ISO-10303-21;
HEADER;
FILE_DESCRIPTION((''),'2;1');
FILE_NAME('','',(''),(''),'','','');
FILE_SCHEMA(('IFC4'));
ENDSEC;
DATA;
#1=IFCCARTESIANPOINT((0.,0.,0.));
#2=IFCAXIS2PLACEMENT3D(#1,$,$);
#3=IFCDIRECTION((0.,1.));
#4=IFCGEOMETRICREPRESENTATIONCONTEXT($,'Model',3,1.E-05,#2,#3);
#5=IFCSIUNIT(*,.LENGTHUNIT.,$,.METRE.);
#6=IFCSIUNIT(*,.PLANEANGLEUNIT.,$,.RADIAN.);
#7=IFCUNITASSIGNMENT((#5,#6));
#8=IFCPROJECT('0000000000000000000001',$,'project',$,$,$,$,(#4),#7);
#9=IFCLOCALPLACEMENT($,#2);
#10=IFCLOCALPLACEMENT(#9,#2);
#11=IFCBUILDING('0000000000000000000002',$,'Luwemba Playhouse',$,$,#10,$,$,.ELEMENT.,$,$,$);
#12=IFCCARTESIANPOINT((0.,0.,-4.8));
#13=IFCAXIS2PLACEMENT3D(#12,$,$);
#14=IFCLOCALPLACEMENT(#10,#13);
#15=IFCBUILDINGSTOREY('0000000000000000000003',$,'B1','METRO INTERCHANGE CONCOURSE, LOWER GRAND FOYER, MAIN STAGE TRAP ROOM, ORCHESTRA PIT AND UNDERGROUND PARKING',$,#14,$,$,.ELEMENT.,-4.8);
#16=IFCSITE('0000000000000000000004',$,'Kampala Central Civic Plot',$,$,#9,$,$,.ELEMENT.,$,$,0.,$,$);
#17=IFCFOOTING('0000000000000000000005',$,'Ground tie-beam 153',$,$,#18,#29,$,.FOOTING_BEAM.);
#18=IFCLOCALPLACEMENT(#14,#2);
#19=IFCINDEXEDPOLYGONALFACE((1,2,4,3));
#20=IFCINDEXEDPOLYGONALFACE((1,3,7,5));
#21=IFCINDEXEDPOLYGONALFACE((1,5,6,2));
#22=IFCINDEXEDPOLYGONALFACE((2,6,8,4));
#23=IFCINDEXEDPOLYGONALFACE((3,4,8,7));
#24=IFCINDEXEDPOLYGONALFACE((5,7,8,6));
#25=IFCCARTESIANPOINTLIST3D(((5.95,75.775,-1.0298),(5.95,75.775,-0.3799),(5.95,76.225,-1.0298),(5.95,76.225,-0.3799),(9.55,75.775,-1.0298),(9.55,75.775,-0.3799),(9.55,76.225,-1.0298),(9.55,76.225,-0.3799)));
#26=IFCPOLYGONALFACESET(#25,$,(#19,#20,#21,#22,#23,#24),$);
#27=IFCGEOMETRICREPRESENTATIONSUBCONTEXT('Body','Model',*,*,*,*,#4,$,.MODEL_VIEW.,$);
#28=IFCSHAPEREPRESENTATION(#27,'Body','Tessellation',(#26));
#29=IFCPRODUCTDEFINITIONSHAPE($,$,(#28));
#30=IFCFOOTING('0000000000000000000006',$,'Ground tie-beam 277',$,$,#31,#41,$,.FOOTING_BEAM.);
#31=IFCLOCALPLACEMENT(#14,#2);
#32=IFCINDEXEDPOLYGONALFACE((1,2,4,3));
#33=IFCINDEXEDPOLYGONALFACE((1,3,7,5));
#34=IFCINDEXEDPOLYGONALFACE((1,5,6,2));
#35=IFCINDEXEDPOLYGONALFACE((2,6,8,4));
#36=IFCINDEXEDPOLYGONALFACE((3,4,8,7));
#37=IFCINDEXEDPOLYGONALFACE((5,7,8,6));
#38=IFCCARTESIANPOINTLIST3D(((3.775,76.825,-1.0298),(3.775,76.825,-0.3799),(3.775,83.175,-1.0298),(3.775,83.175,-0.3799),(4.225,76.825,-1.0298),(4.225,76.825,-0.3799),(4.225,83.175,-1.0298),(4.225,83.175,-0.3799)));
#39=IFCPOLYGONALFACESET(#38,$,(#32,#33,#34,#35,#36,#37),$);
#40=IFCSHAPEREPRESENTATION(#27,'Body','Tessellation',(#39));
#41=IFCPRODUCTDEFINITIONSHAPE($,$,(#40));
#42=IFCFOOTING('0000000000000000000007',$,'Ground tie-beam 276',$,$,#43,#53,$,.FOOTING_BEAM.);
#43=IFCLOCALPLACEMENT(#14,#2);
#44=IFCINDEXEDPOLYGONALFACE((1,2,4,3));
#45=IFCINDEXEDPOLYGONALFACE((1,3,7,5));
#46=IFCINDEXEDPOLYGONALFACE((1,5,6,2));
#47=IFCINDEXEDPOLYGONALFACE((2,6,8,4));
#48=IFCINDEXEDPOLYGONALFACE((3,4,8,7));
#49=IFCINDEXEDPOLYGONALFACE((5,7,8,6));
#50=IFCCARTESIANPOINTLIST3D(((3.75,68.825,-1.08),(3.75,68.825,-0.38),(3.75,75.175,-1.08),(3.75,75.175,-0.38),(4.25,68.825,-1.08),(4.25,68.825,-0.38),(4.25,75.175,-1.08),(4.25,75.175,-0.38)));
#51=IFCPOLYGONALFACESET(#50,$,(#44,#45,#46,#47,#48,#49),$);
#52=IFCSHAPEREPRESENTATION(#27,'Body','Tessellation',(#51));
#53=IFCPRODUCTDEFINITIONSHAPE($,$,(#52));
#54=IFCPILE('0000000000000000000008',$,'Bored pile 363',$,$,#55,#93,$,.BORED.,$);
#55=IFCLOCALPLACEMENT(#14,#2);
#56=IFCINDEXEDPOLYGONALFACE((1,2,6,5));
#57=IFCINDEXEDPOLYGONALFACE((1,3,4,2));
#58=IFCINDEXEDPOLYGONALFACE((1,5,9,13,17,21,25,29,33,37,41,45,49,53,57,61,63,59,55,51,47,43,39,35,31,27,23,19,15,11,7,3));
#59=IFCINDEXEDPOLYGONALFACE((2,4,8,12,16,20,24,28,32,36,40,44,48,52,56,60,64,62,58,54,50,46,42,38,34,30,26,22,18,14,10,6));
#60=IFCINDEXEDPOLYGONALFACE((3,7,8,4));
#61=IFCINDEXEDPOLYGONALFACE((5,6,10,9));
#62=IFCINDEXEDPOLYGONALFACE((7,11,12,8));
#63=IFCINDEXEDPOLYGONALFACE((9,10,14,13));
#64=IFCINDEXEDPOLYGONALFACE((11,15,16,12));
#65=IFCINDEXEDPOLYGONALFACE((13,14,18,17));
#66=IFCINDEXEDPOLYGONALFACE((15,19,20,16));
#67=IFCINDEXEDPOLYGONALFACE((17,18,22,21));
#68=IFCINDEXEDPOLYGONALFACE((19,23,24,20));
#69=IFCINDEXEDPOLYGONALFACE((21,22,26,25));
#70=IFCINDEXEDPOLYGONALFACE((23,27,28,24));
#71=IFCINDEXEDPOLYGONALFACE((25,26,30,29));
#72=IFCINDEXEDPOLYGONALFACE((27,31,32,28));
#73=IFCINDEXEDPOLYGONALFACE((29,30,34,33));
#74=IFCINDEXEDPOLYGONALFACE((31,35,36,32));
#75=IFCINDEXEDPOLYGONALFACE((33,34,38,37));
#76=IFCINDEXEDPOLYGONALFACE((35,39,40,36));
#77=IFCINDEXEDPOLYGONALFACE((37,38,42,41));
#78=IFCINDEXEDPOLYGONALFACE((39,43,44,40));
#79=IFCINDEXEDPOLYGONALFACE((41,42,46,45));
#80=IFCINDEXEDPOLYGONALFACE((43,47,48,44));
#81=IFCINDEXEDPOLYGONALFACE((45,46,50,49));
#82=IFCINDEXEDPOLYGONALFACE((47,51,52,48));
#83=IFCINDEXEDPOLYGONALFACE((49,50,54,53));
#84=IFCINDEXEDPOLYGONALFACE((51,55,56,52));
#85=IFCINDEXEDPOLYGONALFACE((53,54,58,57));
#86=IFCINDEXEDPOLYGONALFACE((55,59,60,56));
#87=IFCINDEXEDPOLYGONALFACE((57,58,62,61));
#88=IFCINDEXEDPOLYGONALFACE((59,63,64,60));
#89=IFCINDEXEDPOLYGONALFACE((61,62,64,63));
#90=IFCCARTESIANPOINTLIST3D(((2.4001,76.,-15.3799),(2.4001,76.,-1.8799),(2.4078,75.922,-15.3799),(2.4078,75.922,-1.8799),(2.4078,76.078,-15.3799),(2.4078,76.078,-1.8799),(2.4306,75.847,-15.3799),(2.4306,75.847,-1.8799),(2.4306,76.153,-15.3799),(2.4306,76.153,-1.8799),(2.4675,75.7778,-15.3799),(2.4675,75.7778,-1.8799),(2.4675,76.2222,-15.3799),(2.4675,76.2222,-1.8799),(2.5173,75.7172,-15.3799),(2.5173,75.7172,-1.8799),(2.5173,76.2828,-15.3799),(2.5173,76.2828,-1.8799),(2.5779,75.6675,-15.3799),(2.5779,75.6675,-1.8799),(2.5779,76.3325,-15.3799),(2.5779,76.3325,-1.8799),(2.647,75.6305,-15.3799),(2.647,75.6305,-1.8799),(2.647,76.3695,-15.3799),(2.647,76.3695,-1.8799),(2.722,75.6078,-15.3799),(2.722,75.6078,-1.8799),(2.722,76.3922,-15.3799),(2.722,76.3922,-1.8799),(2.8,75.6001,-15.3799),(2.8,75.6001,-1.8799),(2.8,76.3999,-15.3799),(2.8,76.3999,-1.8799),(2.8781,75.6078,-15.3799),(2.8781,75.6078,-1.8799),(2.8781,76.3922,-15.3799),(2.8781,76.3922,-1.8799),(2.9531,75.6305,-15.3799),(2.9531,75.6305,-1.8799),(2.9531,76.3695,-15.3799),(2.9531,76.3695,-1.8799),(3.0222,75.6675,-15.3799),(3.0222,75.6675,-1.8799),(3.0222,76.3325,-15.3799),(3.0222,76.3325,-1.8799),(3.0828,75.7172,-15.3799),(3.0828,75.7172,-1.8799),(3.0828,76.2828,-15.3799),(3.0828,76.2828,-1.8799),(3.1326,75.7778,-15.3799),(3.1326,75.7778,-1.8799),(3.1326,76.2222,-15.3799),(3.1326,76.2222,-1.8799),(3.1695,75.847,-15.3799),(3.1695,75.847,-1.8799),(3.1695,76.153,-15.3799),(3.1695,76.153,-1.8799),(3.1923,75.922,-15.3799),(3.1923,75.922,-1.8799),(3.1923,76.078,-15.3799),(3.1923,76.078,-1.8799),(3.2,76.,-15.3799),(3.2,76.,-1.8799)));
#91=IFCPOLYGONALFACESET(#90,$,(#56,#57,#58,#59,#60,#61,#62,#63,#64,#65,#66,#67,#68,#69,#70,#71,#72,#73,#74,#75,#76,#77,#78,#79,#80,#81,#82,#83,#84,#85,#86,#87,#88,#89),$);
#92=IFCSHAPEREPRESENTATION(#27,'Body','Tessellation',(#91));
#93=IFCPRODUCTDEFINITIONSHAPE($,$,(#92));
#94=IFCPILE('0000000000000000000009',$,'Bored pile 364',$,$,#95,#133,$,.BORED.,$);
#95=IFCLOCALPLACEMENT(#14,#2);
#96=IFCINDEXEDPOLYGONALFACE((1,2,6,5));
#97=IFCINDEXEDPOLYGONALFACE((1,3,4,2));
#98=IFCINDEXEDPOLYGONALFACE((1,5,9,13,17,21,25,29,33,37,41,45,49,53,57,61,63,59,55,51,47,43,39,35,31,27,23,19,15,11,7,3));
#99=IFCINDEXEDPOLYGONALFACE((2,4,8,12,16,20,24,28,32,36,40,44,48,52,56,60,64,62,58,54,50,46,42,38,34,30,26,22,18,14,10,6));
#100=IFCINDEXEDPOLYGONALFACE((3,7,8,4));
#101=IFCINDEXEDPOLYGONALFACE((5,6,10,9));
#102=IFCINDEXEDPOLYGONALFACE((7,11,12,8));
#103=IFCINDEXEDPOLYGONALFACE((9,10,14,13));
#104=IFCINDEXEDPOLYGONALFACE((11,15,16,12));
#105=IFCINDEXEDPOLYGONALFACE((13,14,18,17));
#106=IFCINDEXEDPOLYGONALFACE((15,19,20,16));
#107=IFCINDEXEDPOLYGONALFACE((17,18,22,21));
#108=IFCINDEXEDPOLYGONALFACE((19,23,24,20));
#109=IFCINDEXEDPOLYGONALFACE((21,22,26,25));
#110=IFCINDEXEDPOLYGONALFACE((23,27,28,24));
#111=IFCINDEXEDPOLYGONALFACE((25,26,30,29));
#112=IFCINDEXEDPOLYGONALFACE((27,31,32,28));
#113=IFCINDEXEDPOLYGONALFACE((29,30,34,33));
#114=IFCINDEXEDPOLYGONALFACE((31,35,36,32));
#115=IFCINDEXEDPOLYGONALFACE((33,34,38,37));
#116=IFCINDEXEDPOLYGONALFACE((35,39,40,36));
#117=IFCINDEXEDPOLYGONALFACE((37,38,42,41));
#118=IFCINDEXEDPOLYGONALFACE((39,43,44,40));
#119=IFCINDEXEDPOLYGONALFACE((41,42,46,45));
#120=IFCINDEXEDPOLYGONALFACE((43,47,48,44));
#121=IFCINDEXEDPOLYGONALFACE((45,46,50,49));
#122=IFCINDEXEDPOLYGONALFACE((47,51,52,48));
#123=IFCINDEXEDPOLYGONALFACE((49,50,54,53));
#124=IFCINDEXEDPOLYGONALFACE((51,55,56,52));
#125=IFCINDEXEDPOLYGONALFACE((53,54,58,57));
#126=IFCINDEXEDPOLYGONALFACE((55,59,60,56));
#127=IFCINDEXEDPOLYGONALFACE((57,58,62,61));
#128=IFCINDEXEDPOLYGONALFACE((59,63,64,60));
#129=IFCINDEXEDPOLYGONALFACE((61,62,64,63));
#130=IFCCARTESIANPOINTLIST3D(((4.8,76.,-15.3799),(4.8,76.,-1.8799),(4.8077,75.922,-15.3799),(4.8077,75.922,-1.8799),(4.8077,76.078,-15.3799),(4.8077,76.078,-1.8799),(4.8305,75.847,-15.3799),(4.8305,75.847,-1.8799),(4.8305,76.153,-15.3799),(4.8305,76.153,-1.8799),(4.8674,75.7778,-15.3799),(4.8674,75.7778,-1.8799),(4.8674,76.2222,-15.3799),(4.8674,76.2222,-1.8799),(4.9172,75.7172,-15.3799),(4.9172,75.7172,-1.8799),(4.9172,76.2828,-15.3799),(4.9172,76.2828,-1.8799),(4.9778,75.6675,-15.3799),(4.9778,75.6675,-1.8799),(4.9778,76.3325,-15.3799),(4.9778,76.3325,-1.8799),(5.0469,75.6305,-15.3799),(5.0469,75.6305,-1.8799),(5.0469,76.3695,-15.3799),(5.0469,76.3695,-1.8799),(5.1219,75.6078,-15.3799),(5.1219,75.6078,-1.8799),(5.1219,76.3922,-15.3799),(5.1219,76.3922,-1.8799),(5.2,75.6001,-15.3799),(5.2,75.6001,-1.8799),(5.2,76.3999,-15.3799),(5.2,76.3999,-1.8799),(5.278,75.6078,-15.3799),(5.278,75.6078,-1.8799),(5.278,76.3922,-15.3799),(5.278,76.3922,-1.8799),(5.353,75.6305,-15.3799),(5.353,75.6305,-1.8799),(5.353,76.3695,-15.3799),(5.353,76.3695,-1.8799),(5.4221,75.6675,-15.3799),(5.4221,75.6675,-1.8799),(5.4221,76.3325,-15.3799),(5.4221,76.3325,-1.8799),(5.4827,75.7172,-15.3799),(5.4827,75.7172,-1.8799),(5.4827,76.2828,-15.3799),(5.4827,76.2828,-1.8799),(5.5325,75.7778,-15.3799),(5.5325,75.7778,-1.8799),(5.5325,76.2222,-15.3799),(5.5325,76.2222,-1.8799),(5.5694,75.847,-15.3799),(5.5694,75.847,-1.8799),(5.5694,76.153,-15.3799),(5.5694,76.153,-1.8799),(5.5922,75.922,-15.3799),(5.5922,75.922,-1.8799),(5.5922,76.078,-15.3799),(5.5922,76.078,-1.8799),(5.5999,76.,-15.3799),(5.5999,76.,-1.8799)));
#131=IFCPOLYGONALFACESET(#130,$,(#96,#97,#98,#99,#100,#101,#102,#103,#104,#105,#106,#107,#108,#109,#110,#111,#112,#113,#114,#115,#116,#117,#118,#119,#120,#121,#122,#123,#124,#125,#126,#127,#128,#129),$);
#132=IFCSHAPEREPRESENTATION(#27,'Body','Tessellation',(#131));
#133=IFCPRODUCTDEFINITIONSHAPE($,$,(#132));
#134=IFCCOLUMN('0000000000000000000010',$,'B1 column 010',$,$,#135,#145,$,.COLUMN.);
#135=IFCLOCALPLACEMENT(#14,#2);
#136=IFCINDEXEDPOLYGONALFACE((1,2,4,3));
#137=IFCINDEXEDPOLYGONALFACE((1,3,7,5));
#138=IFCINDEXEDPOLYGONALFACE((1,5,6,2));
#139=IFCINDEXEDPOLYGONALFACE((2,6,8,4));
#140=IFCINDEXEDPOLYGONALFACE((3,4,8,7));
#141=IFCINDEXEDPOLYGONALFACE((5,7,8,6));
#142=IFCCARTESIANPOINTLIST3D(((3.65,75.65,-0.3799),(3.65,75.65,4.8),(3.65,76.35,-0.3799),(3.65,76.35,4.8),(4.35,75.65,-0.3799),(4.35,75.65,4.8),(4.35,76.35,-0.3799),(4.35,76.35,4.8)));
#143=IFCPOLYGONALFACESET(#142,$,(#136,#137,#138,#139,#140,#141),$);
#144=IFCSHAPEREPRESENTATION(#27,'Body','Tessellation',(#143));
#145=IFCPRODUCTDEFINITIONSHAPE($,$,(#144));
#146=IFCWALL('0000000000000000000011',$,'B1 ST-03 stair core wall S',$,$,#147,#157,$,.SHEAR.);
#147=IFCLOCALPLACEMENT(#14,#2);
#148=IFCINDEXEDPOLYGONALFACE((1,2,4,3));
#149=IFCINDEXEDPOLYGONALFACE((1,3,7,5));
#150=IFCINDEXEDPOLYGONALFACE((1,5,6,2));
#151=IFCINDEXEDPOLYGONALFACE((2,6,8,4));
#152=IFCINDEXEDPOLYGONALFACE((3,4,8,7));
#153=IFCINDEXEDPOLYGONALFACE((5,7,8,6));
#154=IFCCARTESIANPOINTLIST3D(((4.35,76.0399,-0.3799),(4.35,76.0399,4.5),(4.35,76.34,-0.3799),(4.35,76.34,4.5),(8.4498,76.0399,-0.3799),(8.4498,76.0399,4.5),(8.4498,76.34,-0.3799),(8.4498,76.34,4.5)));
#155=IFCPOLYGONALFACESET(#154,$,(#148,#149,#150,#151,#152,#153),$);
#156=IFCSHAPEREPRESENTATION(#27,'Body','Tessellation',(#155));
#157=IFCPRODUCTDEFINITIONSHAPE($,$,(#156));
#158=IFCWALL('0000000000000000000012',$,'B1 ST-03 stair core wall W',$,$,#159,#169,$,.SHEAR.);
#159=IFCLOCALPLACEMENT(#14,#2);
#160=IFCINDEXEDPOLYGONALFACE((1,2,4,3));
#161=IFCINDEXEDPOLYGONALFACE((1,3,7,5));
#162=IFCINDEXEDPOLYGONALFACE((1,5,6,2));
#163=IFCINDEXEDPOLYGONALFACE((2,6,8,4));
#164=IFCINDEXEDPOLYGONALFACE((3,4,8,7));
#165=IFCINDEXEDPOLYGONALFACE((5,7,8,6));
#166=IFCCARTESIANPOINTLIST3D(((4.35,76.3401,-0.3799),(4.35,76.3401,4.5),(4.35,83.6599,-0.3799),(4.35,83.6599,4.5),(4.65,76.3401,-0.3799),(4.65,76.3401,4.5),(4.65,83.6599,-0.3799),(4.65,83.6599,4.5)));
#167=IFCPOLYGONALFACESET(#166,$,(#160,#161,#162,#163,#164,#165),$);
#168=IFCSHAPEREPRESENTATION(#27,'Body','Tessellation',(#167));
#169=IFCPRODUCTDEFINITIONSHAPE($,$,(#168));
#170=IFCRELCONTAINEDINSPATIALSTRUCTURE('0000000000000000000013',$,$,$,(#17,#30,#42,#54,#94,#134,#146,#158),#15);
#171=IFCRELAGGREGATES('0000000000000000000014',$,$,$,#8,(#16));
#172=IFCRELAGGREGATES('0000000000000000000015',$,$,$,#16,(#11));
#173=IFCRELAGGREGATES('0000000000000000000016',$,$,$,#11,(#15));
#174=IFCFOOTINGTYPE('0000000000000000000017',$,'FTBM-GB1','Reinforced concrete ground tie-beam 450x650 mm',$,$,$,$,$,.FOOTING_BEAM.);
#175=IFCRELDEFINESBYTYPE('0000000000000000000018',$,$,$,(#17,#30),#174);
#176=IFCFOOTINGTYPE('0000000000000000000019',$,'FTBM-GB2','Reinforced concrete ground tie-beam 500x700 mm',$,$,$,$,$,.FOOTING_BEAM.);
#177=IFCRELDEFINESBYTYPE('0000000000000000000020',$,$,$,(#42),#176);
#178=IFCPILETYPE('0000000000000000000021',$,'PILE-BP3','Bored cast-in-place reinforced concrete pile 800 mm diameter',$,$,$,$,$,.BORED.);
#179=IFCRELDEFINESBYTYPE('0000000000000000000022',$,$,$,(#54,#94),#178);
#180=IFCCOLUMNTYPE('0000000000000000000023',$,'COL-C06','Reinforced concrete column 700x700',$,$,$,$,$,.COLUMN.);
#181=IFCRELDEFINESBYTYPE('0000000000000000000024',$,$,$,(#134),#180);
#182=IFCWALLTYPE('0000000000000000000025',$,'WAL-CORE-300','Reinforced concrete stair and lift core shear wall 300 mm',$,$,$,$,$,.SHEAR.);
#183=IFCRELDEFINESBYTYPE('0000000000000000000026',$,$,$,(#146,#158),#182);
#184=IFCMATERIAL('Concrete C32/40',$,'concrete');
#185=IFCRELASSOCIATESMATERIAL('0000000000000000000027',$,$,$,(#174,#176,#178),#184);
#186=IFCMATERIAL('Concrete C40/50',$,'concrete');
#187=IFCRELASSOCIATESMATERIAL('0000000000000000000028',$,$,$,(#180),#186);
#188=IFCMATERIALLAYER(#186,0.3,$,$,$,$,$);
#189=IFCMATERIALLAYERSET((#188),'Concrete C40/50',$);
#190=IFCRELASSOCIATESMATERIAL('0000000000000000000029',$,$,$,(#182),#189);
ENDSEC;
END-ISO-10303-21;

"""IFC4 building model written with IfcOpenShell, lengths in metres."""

from ifc_helpers import new_model, si_unit, direction, frame, frame_2d, origin, origin_2d, place, context, subcontext, project, spatial, rectangle, circle, extrude, material, layer, layer_set, material_profile, profile_set, type_object, element, save


model = new_model("IFC4")

# Units and contexts
model_context = context("Model", 3, precision=1e-05, world=origin(), true_north=direction((0.0, 1.0)))
body_context = subcontext(model_context, "Body", "Model", "MODEL_VIEW")
ifc_project = project(units=[si_unit("LENGTHUNIT", "METRE"), si_unit("PLANEANGLEUNIT", "RADIAN")], contexts=[model_context])

# Site, building, storey
site_placement = place(None, origin())
site = spatial("IfcSite", under=ifc_project, at=site_placement, Name="Kampala Central Civic Plot", CompositionType="ELEMENT", RefElevation=0.0)
building_placement = place(site_placement, origin())
building = spatial("IfcBuilding", under=site, at=building_placement, Name="Luwemba Playhouse", CompositionType="ELEMENT")
storey_placement = place(building_placement, frame((0.0, 0.0, -4.8)))
storey = spatial("IfcBuildingStorey", under=building, at=storey_placement, Name="B1", Description="METRO INTERCHANGE CONCOURSE, LOWER GRAND FOYER, MAIN STAGE TRAP ROOM, ORCHESTRA PIT AND UNDERGROUND PARKING", CompositionType="ELEMENT", Elevation=-4.8)

# Footings
ifc_material_1 = material(Name="Concrete C32/40", Category="concrete")
ifc_material_profile_1 = material_profile(ifc_material_1, rectangle(XDim=0.45, YDim=0.6499, at=origin_2d()))
ifc_profile_set_1 = profile_set([ifc_material_profile_1], Name="Concrete C32/40")
footing_type_1 = type_object("IfcFootingType", Name="FTBM-GB1", Description="Reinforced concrete ground tie-beam 450x650 mm", PredefinedType="FOOTING_BEAM", material=ifc_profile_set_1)
footing_1_placement = place(storey_placement, frame((5.95, 76.0, -0.7048), z_axis=(1.0, 0.0, 0.0), x_axis=(0.0, 1.0, 0.0)))
element("IfcFooting", 1, at=footing_1_placement, inside=storey, type_object=footing_type_1, Name="Ground tie-beam 153", PredefinedType="FOOTING_BEAM", context=body_context, shape_type="SweptSolid", body=[
    extrude(rectangle(XDim=0.45, YDim=0.6499, at=origin_2d()), origin(), (0.0, 0.0, 1.0), 3.6001),
])
footing_2_placement = place(storey_placement, frame((4.0, 76.825, -0.7048), z_axis=(0.0, 1.0, 0.0), x_axis=(-1.0, 0.0, 0.0)))
element("IfcFooting", 2, at=footing_2_placement, inside=storey, type_object=footing_type_1, Name="Ground tie-beam 277", PredefinedType="FOOTING_BEAM", context=body_context, shape_type="SweptSolid", body=[
    extrude(rectangle(XDim=0.45, YDim=0.6499, at=origin_2d()), origin(), (0.0, 0.0, 1.0), 6.3501),
])
ifc_material_profile_2 = material_profile(ifc_material_1, rectangle(XDim=0.5, YDim=0.7, at=origin_2d()))
ifc_profile_set_2 = profile_set([ifc_material_profile_2], Name="Concrete C32/40")
footing_type_2 = type_object("IfcFootingType", Name="FTBM-GB2", Description="Reinforced concrete ground tie-beam 500x700 mm", PredefinedType="FOOTING_BEAM", material=ifc_profile_set_2)
footing_3_placement = place(storey_placement, frame((4.0, 68.825, -0.73), z_axis=(0.0, 1.0, 0.0), x_axis=(-1.0, 0.0, 0.0)))
element("IfcFooting", 3, at=footing_3_placement, inside=storey, type_object=footing_type_2, Name="Ground tie-beam 276", PredefinedType="FOOTING_BEAM", context=body_context, shape_type="SweptSolid", body=[
    extrude(rectangle(XDim=0.5, YDim=0.7, at=origin_2d()), origin(), (0.0, 0.0, 1.0), 6.3501),
])

# Piles
ifc_material_profile_3 = material_profile(ifc_material_1, circle(Radius=0.3999, at=origin_2d()))
ifc_profile_set_3 = profile_set([ifc_material_profile_3], Name="Concrete C32/40")
pile_type = type_object("IfcPileType", Name="PILE-BP3", Description="Bored cast-in-place reinforced concrete pile 800 mm diameter", PredefinedType="BORED", material=ifc_profile_set_3)
for number, where, z_axis, x_axis, name in (
    (4, (2.8, 76.0, -1.8799), (0.0, 0.0, -1.0), (1.0, 0.0, 0.0), "Bored pile 363"),
    (5, (5.2, 76.0, -1.8799), (0.0, 0.0, -1.0), (1.0, 0.0, 0.0), "Bored pile 364"),
):
    element("IfcPile", number, at=place(storey_placement, frame(where, z_axis=z_axis, x_axis=x_axis)), inside=storey, type_object=pile_type, Name=name, PredefinedType="BORED", context=body_context, shape_type="SweptSolid", body=[
        extrude(circle(Radius=0.3999, at=origin_2d()), origin(), (0.0, 0.0, 1.0), 13.5),
    ])

# Column
ifc_material_2 = material(Name="Concrete C40/50", Category="concrete")
ifc_material_profile_4 = material_profile(ifc_material_2, rectangle(XDim=0.7, YDim=0.7, at=origin_2d()))
ifc_profile_set_4 = profile_set([ifc_material_profile_4], Name="Concrete C40/50")
column_type = type_object("IfcColumnType", Name="COL-C06", Description="Reinforced concrete column 700x700", PredefinedType="COLUMN", material=ifc_profile_set_4)
column_placement = place(storey_placement, frame((4.0, 76.0, -0.3799), z_axis=(0.0, 0.0, 1.0), x_axis=(1.0, 0.0, 0.0)))
element("IfcColumn", 6, at=column_placement, inside=storey, type_object=column_type, Name="B1 column 010", PredefinedType="COLUMN", context=body_context, shape_type="SweptSolid", body=[
    extrude(rectangle(XDim=0.7, YDim=0.7, at=origin_2d()), origin(), (0.0, 0.0, 1.0), 5.1799),
])

# Walls
ifc_layer_1 = layer(ifc_material_2, 0.3)
ifc_layer_set_1 = layer_set([ifc_layer_1], Name="Concrete C40/50")
wall_type_1 = type_object("IfcWallType", Name="WAL-CORE-300", Description="Reinforced concrete stair and lift core shear wall 300 mm", PredefinedType="SHEAR", material=ifc_layer_set_1)
wall_1_placement = place(storey_placement, frame((4.3501, 76.1899, -0.3799), z_axis=(0.0, 0.0, 1.0), x_axis=(1.0, 0.0, 0.0)))
element("IfcWall", 7, at=wall_1_placement, inside=storey, type_object=wall_type_1, Name="B1 ST-03 stair core wall S", PredefinedType="SHEAR", context=body_context, shape_type="SweptSolid", body=[
    extrude(rectangle(XDim=4.0999, YDim=0.3, at=frame_2d((2.0498, 0.0))), origin(), (0.0, 0.0, 1.0), 4.8799),
])
wall_2_placement = place(storey_placement, frame((4.5, 76.3401, -0.3799), z_axis=(0.0, 0.0, 1.0), x_axis=(0.0, 1.0, 0.0)))
element("IfcWall", 8, at=wall_2_placement, inside=storey, type_object=wall_type_1, Name="B1 ST-03 stair core wall W", PredefinedType="SHEAR", context=body_context, shape_type="SweptSolid", body=[
    extrude(rectangle(XDim=7.3198, YDim=0.3, at=frame_2d((3.6599, 0.0))), origin(), (0.0, 0.0, 1.0), 4.8799),
])

save(model, "model.ifc")
